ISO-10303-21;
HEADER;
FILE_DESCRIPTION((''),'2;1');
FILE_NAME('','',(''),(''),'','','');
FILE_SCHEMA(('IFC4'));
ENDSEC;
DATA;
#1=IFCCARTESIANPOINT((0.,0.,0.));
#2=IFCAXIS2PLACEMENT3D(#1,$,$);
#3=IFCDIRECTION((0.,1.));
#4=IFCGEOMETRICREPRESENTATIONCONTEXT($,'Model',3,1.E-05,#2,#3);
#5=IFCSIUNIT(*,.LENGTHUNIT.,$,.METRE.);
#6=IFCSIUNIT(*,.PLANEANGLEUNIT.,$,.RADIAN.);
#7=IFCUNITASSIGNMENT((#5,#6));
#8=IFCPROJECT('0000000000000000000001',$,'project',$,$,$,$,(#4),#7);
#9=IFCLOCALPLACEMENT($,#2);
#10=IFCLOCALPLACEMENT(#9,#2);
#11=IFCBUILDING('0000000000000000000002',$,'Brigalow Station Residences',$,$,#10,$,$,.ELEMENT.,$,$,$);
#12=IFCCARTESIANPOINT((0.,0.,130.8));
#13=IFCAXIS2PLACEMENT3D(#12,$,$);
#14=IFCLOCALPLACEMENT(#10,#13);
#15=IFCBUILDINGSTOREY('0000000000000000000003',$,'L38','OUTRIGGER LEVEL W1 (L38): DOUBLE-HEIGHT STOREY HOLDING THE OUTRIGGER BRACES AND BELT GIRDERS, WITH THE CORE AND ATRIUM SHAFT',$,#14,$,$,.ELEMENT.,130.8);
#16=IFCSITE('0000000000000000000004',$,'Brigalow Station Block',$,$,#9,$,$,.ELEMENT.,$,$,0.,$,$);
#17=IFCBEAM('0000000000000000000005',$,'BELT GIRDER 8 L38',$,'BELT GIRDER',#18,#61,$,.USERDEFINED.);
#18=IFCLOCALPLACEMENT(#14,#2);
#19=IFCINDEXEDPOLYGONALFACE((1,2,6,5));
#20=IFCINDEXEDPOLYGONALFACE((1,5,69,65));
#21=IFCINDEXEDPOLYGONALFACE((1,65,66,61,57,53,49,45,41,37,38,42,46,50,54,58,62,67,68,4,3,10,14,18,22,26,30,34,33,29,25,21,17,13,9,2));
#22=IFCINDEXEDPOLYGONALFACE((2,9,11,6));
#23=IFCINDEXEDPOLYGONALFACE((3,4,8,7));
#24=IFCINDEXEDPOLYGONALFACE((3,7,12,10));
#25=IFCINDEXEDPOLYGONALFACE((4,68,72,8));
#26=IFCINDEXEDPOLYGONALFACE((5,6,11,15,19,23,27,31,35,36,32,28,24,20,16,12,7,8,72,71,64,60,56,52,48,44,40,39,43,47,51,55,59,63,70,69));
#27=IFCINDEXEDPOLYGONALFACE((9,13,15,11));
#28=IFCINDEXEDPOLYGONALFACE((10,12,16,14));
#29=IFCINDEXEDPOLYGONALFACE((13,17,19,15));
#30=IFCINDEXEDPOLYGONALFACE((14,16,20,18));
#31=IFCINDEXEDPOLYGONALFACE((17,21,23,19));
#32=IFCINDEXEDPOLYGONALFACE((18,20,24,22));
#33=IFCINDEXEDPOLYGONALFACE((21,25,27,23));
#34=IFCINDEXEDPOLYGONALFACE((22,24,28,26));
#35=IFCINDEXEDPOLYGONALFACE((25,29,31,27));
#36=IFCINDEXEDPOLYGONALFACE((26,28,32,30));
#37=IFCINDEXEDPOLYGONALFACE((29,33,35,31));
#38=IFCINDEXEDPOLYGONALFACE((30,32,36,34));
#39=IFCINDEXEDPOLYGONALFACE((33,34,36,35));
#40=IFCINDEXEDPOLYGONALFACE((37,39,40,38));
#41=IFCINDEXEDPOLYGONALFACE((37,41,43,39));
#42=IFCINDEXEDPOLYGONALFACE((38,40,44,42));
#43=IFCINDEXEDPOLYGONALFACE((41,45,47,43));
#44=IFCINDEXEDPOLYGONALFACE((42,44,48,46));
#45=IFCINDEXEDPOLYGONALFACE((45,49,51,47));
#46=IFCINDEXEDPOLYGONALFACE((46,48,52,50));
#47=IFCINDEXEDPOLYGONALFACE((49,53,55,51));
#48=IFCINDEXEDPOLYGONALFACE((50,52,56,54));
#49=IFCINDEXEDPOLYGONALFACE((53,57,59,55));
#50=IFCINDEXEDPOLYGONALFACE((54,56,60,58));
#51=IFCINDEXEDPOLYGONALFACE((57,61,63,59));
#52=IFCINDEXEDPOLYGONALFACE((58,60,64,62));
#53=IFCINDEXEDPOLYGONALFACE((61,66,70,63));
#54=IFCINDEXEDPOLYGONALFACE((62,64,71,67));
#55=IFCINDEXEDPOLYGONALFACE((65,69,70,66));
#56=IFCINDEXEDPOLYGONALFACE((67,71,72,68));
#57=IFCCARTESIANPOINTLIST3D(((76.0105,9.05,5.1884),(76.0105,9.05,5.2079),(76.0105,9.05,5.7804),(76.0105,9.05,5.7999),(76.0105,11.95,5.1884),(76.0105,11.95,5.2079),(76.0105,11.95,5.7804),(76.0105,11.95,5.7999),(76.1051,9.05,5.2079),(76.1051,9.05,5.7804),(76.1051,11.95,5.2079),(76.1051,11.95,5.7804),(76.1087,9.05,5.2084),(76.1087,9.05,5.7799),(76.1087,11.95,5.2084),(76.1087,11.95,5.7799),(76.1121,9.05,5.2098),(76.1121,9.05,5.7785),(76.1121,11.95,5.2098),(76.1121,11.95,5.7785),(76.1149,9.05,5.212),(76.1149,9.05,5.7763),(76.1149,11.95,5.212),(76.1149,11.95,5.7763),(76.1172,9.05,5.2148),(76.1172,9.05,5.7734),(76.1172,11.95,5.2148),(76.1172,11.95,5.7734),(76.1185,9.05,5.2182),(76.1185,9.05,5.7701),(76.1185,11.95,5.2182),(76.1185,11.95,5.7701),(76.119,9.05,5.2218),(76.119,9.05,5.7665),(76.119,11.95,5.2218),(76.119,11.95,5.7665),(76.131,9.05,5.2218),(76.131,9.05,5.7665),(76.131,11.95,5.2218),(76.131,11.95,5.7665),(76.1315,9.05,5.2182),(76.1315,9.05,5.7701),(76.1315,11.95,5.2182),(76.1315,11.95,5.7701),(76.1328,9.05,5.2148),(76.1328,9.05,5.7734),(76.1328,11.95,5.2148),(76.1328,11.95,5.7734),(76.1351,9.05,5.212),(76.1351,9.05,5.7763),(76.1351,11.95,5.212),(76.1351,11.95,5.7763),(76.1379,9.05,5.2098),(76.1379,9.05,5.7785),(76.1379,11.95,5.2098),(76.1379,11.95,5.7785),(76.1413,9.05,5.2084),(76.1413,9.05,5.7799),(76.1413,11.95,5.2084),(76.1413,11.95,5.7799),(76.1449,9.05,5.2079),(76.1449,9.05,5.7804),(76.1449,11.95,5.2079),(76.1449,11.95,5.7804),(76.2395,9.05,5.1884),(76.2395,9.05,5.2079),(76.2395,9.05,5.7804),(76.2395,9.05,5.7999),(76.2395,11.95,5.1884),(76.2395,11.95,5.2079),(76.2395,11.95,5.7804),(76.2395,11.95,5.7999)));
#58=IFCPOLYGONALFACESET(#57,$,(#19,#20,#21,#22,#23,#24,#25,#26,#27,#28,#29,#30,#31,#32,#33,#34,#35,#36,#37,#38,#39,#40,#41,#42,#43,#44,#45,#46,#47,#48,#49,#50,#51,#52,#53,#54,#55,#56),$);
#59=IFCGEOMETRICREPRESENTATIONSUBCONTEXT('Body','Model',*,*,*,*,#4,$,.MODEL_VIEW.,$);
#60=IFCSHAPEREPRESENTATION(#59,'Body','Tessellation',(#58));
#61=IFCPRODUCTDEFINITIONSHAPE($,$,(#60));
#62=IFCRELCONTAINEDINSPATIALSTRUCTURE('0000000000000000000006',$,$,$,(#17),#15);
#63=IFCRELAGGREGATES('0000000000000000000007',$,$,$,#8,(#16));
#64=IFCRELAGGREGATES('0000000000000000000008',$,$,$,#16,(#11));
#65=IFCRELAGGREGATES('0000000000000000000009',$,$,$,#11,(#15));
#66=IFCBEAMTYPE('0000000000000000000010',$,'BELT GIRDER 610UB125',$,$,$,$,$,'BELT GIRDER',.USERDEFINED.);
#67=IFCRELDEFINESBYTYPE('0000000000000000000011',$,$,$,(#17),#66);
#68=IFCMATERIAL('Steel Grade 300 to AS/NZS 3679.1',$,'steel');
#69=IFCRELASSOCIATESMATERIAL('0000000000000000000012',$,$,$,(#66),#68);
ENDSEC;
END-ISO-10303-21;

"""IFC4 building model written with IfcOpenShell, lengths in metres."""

from ifc_helpers import new_model, si_unit, direction, frame, origin, origin_2d, place, context, subcontext, project, spatial, i_section, extrude, material, material_profile, profile_set, type_object, element, save


model = new_model("IFC4")

# Units and contexts
model_context = context("Model", 3, precision=1e-05, world=origin(), true_north=direction((0.0, 1.0)))
body_context = subcontext(model_context, "Body", "Model", "MODEL_VIEW")
ifc_project = project(units=[si_unit("LENGTHUNIT", "METRE"), si_unit("PLANEANGLEUNIT", "RADIAN")], contexts=[model_context])

# Site, building, storey
site_placement = place(None, origin())
site = spatial("IfcSite", under=ifc_project, at=site_placement, Name="Brigalow Station Block", CompositionType="ELEMENT", RefElevation=0.0)
building_placement = place(site_placement, origin())
building = spatial("IfcBuilding", under=site, at=building_placement, Name="Brigalow Station Residences", CompositionType="ELEMENT")
storey_placement = place(building_placement, frame((0.0, 0.0, 130.8)))
storey = spatial("IfcBuildingStorey", under=building, at=storey_placement, Name="L38", Description="OUTRIGGER LEVEL W1 (L38): DOUBLE-HEIGHT STOREY HOLDING THE OUTRIGGER BRACES AND BELT GIRDERS, WITH THE CORE AND ATRIUM SHAFT", CompositionType="ELEMENT", Elevation=130.8)

# Beam
ifc_material_1 = material(Name="Steel Grade 300 to AS/NZS 3679.1", Category="steel")
ifc_material_profile_1 = material_profile(ifc_material_1, i_section(OverallWidth=0.229, OverallDepth=0.6116, WebThickness=0.012, FlangeThickness=0.0195, FilletRadius=0.0139, at=origin_2d()), Name="610UB125")
ifc_profile_set_1 = profile_set([ifc_material_profile_1], Name="Steel Grade 300 to AS/NZS 3679.1")
beam_type = type_object("IfcBeamType", Name="BELT GIRDER 610UB125", ElementType="BELT GIRDER", PredefinedType="USERDEFINED", material=ifc_profile_set_1)
beam_1_placement = place(storey_placement, frame((76.125, 9.05, 5.4941), z_axis=(0.0, 1.0, 0.0), x_axis=(-1.0, 0.0, 0.0)))
element("IfcBeam", 1, at=beam_1_placement, inside=storey, type_object=beam_type, Name="BELT GIRDER 8 L38", ObjectType="BELT GIRDER", PredefinedType="USERDEFINED", context=body_context, shape_type="SweptSolid", body=[
    extrude(i_section(OverallWidth=0.229, OverallDepth=0.6116, WebThickness=0.012, FlangeThickness=0.0195, FilletRadius=0.0139, at=origin_2d()), origin(), (0.0, 0.0, 1.0), 2.8999),
])

save(model, "model.ifc")
